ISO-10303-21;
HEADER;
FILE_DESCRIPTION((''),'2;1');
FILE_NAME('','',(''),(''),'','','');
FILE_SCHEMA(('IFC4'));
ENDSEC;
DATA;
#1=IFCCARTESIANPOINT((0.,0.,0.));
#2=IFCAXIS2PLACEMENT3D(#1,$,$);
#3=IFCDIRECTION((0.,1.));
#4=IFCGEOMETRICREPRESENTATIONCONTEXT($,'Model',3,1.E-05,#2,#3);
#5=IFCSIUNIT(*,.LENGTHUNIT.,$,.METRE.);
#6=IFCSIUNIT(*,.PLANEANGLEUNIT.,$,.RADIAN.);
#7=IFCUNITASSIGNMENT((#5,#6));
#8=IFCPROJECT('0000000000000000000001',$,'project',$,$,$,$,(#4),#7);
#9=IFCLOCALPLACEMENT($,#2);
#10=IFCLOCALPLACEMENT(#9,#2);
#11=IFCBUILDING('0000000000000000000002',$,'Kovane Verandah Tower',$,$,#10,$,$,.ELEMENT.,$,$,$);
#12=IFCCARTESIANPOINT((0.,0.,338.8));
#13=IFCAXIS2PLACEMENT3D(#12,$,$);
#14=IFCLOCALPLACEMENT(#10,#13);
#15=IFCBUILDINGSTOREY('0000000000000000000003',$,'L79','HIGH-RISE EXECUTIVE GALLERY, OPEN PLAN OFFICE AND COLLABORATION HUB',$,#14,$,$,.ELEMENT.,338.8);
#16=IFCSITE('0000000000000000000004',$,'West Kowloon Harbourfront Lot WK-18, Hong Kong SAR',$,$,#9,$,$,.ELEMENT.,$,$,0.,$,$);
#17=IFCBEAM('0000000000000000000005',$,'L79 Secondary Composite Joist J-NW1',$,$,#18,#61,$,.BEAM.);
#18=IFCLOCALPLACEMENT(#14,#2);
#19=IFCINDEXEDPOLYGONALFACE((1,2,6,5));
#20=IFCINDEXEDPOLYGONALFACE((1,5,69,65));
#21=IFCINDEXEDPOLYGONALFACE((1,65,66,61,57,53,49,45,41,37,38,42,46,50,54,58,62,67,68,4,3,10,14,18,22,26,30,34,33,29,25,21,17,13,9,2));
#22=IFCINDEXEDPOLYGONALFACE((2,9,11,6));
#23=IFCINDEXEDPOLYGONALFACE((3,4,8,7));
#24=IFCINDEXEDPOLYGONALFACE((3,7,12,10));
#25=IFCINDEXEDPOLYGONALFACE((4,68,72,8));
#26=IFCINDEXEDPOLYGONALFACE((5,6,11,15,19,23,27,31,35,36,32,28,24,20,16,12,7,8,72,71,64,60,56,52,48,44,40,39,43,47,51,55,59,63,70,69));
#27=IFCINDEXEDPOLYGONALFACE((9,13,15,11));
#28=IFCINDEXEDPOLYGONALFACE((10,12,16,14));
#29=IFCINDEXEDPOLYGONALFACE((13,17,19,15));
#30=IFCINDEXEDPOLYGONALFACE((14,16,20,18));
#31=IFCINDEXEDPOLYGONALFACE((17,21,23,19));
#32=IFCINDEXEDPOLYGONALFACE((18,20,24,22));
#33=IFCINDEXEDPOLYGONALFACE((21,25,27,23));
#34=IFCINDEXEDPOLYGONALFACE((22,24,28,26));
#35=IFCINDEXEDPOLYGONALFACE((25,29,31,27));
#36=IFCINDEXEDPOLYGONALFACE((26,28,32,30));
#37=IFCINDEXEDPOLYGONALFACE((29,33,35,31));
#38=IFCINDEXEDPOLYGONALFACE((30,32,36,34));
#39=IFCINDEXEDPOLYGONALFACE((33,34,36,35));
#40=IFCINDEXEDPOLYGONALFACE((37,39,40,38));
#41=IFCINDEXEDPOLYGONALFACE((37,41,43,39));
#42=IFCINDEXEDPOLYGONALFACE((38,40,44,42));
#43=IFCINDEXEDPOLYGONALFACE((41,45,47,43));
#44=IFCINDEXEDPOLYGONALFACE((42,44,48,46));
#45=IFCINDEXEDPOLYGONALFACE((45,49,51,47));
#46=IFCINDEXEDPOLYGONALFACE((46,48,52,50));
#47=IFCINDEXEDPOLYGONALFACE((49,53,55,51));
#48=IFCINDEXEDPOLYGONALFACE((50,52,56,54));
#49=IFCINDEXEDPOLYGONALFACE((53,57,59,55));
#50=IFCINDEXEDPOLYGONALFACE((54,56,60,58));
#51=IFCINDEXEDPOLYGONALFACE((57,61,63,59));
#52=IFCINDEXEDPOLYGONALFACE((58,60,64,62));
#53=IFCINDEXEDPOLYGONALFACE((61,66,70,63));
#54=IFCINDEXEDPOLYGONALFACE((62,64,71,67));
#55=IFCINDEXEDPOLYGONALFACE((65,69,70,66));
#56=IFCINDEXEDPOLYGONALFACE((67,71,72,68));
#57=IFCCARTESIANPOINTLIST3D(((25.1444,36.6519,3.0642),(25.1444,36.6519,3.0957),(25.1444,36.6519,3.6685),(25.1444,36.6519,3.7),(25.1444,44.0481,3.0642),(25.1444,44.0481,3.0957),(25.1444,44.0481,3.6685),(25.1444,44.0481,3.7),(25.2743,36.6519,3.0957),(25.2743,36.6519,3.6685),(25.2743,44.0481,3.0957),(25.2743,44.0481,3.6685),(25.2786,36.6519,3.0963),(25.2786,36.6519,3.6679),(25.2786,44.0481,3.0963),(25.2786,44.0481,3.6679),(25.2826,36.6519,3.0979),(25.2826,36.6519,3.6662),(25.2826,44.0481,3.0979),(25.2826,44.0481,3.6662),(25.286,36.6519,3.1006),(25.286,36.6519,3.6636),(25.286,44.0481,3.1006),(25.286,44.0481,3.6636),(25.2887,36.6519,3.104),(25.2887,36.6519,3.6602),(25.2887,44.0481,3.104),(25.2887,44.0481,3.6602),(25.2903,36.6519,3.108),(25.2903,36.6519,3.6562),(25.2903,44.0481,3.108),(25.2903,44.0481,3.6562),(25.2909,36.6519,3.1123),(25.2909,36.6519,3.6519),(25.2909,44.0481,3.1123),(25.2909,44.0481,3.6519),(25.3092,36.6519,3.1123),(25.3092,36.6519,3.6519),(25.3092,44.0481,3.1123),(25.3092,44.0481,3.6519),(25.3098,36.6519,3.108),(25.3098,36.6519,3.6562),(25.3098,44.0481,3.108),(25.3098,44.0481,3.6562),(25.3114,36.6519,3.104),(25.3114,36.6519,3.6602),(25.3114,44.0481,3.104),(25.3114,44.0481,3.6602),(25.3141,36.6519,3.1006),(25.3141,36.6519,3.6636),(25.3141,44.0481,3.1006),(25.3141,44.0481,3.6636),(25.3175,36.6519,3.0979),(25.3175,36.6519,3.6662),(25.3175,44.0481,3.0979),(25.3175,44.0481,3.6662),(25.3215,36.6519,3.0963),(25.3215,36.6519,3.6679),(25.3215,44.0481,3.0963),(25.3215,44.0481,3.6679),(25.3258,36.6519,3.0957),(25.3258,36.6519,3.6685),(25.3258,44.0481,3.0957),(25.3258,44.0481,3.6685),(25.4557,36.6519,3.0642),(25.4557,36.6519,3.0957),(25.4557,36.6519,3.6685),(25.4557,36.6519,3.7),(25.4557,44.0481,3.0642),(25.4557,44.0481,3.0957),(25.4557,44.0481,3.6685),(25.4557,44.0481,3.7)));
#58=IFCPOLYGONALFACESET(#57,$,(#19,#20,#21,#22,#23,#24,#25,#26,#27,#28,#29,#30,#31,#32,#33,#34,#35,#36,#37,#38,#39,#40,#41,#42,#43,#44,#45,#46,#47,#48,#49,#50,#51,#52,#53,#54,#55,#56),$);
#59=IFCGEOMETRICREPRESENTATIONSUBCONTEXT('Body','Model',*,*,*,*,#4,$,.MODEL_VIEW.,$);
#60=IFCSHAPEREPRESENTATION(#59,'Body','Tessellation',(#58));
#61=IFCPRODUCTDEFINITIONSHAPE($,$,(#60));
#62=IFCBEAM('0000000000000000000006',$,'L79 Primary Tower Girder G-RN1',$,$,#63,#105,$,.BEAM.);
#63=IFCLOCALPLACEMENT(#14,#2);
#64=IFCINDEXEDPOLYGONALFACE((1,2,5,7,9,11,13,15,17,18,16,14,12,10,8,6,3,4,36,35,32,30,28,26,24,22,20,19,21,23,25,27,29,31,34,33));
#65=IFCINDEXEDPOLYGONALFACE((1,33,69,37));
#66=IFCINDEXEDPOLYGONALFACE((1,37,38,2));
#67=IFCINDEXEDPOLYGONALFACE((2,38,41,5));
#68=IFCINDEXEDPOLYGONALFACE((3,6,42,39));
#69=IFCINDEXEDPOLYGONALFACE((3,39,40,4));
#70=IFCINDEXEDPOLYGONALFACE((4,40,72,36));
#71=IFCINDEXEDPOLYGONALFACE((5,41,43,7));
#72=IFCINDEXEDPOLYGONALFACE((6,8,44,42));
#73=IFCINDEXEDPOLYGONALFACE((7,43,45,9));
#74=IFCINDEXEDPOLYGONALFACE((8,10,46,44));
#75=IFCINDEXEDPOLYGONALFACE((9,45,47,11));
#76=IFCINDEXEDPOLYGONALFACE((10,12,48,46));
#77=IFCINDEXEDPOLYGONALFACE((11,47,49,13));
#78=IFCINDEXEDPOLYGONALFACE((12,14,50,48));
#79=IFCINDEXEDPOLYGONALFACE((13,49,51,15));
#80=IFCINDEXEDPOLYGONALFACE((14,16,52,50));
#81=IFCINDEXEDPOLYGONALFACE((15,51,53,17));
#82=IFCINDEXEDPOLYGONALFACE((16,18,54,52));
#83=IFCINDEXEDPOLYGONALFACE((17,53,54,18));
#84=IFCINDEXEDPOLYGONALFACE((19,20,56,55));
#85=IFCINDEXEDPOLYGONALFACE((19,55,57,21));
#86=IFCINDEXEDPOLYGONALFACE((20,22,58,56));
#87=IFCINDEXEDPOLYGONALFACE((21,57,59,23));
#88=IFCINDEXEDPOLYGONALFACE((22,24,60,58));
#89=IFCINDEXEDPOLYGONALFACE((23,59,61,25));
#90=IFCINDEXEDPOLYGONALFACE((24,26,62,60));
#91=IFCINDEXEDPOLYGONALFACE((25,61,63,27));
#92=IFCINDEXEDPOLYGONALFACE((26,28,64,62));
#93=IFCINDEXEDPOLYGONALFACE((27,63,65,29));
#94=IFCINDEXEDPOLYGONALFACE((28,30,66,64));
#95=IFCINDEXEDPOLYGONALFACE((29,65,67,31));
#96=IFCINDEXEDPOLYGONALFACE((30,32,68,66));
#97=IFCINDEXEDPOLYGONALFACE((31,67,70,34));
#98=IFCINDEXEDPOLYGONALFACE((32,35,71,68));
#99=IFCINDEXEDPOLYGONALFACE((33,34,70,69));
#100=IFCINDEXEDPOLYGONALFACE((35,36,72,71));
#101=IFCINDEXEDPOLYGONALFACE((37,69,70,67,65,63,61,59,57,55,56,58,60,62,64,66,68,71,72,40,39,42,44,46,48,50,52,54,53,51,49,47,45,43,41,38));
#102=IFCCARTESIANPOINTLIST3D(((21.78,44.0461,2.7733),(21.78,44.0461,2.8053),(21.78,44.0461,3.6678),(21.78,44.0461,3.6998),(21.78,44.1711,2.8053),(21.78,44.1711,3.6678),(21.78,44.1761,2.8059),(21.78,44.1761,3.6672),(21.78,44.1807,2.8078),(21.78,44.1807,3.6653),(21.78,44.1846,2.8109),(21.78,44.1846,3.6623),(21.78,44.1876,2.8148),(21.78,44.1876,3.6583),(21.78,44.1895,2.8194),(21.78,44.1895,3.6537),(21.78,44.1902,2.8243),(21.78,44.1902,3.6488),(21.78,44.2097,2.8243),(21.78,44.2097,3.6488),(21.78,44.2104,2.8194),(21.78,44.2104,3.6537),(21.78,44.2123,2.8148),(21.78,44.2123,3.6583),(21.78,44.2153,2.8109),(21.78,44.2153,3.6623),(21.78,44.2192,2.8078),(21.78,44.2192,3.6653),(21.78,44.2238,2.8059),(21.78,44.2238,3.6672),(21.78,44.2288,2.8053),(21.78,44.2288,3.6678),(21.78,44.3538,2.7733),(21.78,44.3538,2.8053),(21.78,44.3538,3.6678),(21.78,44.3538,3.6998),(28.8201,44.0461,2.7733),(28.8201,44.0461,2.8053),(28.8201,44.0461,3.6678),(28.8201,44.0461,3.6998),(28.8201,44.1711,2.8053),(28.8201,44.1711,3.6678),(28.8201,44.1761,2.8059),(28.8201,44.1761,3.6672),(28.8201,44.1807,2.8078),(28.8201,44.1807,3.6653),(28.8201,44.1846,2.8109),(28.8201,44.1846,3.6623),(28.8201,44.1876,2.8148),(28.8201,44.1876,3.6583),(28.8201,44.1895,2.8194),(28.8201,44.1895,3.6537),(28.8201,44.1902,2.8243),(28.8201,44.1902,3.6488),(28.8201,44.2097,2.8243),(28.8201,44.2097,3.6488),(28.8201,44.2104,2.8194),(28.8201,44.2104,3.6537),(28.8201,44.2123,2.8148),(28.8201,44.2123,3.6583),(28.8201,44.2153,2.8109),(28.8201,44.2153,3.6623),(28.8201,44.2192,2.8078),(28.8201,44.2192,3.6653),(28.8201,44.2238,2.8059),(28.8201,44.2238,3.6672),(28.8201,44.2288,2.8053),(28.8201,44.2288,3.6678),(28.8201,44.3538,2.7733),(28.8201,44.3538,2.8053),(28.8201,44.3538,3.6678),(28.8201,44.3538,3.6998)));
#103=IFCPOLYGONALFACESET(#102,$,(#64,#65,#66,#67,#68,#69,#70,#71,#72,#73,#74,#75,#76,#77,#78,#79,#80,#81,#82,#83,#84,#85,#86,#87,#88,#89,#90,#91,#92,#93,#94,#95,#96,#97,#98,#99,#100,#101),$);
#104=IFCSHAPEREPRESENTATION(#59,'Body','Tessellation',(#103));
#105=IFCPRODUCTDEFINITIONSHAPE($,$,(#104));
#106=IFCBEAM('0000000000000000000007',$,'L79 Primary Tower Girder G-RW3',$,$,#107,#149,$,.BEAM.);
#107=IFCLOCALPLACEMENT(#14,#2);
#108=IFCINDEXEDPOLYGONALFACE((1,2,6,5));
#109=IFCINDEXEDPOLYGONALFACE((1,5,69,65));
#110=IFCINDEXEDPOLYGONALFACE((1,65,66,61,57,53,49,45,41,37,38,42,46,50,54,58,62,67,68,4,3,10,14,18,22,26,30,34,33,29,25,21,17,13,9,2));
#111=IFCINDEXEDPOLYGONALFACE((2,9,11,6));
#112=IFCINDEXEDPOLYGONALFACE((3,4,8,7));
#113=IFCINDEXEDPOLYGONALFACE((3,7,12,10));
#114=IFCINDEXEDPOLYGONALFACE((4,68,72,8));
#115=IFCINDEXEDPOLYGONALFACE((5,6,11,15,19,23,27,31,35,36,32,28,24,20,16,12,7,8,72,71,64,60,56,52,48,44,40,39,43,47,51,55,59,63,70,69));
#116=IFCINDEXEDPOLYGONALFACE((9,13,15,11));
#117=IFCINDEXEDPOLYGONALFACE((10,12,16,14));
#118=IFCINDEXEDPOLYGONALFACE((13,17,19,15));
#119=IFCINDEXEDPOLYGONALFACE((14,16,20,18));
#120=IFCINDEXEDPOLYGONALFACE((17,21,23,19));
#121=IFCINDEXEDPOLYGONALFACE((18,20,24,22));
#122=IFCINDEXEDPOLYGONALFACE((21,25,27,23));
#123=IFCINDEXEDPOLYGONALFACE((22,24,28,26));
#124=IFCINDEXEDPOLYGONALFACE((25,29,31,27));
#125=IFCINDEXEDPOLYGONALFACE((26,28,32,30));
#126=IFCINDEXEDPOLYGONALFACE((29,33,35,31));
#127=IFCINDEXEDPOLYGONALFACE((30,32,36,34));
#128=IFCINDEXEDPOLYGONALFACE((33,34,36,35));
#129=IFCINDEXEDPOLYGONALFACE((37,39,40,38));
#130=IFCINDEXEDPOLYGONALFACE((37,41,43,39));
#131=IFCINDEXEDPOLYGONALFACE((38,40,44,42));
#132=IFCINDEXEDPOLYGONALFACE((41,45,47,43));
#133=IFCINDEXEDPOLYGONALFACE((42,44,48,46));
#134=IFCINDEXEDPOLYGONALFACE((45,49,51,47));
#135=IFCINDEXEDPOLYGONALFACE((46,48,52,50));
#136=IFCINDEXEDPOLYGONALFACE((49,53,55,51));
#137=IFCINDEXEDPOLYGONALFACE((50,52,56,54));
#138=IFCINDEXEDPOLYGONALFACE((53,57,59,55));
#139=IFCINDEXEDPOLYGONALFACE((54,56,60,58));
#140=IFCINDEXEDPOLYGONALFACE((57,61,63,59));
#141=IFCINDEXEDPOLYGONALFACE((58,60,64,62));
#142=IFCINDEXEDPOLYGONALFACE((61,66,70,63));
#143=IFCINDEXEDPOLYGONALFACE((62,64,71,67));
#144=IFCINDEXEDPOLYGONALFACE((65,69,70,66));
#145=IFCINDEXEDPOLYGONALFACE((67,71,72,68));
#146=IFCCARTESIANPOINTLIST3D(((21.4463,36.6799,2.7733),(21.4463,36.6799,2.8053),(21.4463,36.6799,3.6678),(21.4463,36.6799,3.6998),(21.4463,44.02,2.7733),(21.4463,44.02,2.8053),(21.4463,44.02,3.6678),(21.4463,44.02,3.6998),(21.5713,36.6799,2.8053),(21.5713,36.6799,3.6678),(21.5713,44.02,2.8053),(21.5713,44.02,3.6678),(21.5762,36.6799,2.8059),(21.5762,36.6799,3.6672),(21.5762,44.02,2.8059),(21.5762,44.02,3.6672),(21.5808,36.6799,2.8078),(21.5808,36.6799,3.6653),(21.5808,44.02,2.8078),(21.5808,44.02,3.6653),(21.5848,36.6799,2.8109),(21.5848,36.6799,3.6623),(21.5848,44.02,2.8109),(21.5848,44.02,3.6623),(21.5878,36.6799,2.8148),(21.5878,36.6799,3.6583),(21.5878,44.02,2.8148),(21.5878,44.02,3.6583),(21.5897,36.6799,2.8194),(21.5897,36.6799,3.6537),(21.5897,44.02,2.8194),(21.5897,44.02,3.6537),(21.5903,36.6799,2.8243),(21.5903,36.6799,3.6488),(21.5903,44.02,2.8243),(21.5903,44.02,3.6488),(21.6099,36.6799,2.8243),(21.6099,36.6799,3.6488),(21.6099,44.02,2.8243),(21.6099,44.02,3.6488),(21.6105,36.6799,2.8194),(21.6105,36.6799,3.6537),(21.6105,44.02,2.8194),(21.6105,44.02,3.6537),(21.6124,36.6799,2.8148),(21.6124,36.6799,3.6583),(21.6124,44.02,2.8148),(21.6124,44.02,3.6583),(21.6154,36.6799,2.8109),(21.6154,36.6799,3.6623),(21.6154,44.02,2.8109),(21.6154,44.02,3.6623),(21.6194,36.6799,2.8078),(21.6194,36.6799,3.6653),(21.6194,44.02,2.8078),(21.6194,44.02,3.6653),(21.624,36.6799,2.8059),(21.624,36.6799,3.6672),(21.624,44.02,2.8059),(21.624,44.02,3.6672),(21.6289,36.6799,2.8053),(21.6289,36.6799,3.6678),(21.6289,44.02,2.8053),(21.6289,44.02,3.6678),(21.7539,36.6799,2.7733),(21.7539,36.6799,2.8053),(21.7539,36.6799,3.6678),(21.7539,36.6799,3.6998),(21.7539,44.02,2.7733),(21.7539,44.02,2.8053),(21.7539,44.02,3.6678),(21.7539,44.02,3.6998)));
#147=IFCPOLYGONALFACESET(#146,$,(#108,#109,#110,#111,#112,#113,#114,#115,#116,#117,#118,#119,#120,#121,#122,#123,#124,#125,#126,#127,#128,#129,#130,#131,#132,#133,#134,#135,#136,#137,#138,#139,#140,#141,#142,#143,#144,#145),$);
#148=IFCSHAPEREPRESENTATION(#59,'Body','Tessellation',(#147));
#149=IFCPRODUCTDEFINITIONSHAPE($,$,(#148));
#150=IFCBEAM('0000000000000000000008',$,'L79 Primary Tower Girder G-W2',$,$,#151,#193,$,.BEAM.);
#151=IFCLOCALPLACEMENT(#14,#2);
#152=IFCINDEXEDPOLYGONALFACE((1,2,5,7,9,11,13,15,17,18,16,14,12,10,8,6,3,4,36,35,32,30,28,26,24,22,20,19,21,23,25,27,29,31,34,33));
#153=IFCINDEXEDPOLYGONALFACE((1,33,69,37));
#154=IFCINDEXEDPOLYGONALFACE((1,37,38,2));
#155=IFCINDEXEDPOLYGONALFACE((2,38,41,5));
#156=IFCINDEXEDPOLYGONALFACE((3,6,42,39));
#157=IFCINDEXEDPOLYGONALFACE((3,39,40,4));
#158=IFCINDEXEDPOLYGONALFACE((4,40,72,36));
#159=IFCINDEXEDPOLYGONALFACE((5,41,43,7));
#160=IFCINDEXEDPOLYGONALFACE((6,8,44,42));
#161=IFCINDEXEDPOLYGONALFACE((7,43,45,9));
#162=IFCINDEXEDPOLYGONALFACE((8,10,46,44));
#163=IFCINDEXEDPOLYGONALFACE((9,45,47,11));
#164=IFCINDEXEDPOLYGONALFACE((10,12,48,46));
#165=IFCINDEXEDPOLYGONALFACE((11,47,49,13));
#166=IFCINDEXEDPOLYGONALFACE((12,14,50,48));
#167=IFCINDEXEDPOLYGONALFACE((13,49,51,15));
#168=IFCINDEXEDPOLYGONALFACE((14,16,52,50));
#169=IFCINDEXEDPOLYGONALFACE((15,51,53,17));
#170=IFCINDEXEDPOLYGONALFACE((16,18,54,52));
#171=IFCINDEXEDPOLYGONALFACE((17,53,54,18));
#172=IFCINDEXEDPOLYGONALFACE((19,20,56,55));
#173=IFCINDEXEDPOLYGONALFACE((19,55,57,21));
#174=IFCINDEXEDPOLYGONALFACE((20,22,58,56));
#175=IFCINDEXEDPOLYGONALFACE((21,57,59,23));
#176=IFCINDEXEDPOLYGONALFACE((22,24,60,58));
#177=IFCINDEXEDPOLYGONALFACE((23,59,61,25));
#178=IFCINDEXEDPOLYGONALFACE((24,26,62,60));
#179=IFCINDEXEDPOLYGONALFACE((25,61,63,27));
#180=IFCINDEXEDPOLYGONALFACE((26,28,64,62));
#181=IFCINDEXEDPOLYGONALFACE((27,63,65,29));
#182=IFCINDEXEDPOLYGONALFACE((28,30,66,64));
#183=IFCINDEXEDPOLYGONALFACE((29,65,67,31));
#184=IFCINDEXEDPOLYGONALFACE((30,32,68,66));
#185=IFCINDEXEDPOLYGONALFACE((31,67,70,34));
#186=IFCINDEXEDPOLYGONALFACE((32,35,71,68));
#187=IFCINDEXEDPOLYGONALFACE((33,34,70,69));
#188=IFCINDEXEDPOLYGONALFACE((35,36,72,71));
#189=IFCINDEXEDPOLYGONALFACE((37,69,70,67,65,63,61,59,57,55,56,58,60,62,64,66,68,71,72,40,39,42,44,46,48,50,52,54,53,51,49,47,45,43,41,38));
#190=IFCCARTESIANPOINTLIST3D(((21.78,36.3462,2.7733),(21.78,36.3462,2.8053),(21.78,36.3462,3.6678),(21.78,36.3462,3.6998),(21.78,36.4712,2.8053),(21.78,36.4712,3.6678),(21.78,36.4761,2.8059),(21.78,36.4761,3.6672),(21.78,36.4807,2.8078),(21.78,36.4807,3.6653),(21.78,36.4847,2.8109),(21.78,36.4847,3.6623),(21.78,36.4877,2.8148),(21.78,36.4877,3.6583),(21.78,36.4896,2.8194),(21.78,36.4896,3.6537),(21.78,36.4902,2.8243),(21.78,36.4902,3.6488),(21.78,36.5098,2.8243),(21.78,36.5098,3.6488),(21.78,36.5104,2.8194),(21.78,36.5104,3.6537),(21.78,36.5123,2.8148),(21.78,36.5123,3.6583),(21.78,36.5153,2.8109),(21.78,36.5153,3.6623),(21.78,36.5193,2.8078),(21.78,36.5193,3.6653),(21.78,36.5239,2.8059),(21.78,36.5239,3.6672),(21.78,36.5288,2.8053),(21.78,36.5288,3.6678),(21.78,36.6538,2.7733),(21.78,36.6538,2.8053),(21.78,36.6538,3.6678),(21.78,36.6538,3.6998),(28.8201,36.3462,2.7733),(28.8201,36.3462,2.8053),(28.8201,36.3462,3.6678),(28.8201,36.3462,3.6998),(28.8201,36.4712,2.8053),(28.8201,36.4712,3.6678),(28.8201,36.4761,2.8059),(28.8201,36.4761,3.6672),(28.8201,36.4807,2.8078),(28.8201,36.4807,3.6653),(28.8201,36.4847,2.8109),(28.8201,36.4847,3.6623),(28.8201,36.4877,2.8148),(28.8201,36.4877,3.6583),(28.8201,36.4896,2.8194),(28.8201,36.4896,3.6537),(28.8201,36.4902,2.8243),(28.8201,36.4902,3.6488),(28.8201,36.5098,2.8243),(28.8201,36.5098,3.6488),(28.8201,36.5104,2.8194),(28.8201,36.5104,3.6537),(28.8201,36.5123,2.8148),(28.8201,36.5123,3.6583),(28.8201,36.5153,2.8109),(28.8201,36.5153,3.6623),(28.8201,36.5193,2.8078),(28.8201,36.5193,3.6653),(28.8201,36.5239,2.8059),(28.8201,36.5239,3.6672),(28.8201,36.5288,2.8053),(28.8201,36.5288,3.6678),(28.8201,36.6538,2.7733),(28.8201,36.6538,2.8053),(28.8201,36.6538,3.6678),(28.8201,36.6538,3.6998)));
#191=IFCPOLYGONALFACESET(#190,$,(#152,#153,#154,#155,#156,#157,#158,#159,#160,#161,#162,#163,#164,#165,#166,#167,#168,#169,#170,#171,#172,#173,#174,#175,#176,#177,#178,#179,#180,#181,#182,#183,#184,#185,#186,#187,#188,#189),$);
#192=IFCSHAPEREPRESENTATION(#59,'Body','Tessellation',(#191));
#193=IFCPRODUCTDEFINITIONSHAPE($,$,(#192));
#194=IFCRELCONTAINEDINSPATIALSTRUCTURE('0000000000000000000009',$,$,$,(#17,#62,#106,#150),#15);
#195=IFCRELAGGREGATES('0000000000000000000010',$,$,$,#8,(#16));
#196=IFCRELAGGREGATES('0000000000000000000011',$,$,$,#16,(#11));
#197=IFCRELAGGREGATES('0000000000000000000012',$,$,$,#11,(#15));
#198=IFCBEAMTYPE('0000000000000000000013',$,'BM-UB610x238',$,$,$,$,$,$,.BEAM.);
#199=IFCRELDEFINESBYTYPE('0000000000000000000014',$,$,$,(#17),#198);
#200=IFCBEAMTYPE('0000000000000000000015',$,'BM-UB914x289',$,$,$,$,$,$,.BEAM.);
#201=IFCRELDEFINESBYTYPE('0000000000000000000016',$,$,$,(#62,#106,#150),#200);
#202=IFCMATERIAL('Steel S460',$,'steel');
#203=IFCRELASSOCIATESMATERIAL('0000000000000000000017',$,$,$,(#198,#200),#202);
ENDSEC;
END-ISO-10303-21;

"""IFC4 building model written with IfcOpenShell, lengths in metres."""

from ifc_helpers import new_model, si_unit, direction, frame, origin, origin_2d, place, context, subcontext, project, spatial, i_section, extrude, material, material_profile, profile_set, type_object, element, save


model = new_model("IFC4")

# Units and contexts
model_context = context("Model", 3, precision=1e-05, world=origin(), true_north=direction((0.0, 1.0)))
body_context = subcontext(model_context, "Body", "Model", "MODEL_VIEW")
ifc_project = project(units=[si_unit("LENGTHUNIT", "METRE"), si_unit("PLANEANGLEUNIT", "RADIAN")], contexts=[model_context])

# Site, building, storey
site_placement = place(None, origin())
site = spatial("IfcSite", under=ifc_project, at=site_placement, Name="West Kowloon Harbourfront Lot WK-18, Hong Kong SAR", CompositionType="ELEMENT", RefElevation=0.0)
building_placement = place(site_placement, origin())
building = spatial("IfcBuilding", under=site, at=building_placement, Name="Kovane Verandah Tower", CompositionType="ELEMENT")
storey_placement = place(building_placement, frame((0.0, 0.0, 338.8)))
storey = spatial("IfcBuildingStorey", under=building, at=storey_placement, Name="L79", Description="HIGH-RISE EXECUTIVE GALLERY, OPEN PLAN OFFICE AND COLLABORATION HUB", CompositionType="ELEMENT", Elevation=338.8)

# Shared definitions
ifc_material_1 = material(Name="Steel S460", Category="steel")

# Beams
ifc_material_profile_1 = material_profile(ifc_material_1, i_section(OverallWidth=0.3113, OverallDepth=0.6357, WebThickness=0.0183, FlangeThickness=0.0315, FilletRadius=0.0166, at=origin_2d()), Name="UB610x305x238")
ifc_profile_set_1 = profile_set([ifc_material_profile_1], Name="Steel S460")
beam_type_1 = type_object("IfcBeamType", Name="BM-UB610x238", PredefinedType="BEAM", material=ifc_profile_set_1)
beam_1_placement = place(storey_placement, frame((25.3, 36.6519, 3.3821), z_axis=(0.0, 1.0, 0.0), x_axis=(-1.0, 0.0, 0.0)))
element("IfcBeam", 1, at=beam_1_placement, inside=storey, type_object=beam_type_1, Name="L79 Secondary Composite Joist J-NW1", PredefinedType="BEAM", context=body_context, shape_type="SweptSolid", body=[
    extrude(i_section(OverallWidth=0.3113, OverallDepth=0.6357, WebThickness=0.0183, FlangeThickness=0.0315, FilletRadius=0.0166, at=origin_2d()), origin(), (0.0, 0.0, 1.0), 7.3962),
])
ifc_material_profile_2 = material_profile(ifc_material_1, i_section(OverallWidth=0.3076, OverallDepth=0.9265, WebThickness=0.0195, FlangeThickness=0.032, FilletRadius=0.019, at=origin_2d()), Name="UB914x305x289")
ifc_profile_set_2 = profile_set([ifc_material_profile_2], Name="Steel S460")
beam_type_2 = type_object("IfcBeamType", Name="BM-UB914x289", PredefinedType="BEAM", material=ifc_profile_set_2)
beam_2_placement = place(storey_placement, frame((21.78, 44.2, 3.2366), z_axis=(1.0, 0.0, 0.0), x_axis=(0.0, 1.0, 0.0)))
element("IfcBeam", 2, at=beam_2_placement, inside=storey, type_object=beam_type_2, Name="L79 Primary Tower Girder G-RN1", PredefinedType="BEAM", context=body_context, shape_type="SweptSolid", body=[
    extrude(i_section(OverallWidth=0.3076, OverallDepth=0.9265, WebThickness=0.0195, FlangeThickness=0.032, FilletRadius=0.019, at=origin_2d()), origin(), (0.0, 0.0, 1.0), 7.04),
])
beam_3_placement = place(storey_placement, frame((21.6001, 36.6799, 3.2366), z_axis=(0.0, 1.0, 0.0), x_axis=(-1.0, 0.0, 0.0)))
element("IfcBeam", 3, at=beam_3_placement, inside=storey, type_object=beam_type_2, Name="L79 Primary Tower Girder G-RW3", PredefinedType="BEAM", context=body_context, shape_type="SweptSolid", body=[
    extrude(i_section(OverallWidth=0.3076, OverallDepth=0.9265, WebThickness=0.0195, FlangeThickness=0.032, FilletRadius=0.019, at=origin_2d()), origin(), (0.0, 0.0, 1.0), 7.3401),
])
beam_4_placement = place(storey_placement, frame((28.8201, 36.5, 3.2366), z_axis=(-1.0, 0.0, 0.0), x_axis=(0.0, -1.0, 0.0)))
element("IfcBeam", 4, at=beam_4_placement, inside=storey, type_object=beam_type_2, Name="L79 Primary Tower Girder G-W2", PredefinedType="BEAM", context=body_context, shape_type="SweptSolid", body=[
    extrude(i_section(OverallWidth=0.3076, OverallDepth=0.9265, WebThickness=0.0195, FlangeThickness=0.032, FilletRadius=0.019, at=origin_2d()), origin(), (0.0, 0.0, 1.0), 7.04),
])

save(model, "model.ifc")
